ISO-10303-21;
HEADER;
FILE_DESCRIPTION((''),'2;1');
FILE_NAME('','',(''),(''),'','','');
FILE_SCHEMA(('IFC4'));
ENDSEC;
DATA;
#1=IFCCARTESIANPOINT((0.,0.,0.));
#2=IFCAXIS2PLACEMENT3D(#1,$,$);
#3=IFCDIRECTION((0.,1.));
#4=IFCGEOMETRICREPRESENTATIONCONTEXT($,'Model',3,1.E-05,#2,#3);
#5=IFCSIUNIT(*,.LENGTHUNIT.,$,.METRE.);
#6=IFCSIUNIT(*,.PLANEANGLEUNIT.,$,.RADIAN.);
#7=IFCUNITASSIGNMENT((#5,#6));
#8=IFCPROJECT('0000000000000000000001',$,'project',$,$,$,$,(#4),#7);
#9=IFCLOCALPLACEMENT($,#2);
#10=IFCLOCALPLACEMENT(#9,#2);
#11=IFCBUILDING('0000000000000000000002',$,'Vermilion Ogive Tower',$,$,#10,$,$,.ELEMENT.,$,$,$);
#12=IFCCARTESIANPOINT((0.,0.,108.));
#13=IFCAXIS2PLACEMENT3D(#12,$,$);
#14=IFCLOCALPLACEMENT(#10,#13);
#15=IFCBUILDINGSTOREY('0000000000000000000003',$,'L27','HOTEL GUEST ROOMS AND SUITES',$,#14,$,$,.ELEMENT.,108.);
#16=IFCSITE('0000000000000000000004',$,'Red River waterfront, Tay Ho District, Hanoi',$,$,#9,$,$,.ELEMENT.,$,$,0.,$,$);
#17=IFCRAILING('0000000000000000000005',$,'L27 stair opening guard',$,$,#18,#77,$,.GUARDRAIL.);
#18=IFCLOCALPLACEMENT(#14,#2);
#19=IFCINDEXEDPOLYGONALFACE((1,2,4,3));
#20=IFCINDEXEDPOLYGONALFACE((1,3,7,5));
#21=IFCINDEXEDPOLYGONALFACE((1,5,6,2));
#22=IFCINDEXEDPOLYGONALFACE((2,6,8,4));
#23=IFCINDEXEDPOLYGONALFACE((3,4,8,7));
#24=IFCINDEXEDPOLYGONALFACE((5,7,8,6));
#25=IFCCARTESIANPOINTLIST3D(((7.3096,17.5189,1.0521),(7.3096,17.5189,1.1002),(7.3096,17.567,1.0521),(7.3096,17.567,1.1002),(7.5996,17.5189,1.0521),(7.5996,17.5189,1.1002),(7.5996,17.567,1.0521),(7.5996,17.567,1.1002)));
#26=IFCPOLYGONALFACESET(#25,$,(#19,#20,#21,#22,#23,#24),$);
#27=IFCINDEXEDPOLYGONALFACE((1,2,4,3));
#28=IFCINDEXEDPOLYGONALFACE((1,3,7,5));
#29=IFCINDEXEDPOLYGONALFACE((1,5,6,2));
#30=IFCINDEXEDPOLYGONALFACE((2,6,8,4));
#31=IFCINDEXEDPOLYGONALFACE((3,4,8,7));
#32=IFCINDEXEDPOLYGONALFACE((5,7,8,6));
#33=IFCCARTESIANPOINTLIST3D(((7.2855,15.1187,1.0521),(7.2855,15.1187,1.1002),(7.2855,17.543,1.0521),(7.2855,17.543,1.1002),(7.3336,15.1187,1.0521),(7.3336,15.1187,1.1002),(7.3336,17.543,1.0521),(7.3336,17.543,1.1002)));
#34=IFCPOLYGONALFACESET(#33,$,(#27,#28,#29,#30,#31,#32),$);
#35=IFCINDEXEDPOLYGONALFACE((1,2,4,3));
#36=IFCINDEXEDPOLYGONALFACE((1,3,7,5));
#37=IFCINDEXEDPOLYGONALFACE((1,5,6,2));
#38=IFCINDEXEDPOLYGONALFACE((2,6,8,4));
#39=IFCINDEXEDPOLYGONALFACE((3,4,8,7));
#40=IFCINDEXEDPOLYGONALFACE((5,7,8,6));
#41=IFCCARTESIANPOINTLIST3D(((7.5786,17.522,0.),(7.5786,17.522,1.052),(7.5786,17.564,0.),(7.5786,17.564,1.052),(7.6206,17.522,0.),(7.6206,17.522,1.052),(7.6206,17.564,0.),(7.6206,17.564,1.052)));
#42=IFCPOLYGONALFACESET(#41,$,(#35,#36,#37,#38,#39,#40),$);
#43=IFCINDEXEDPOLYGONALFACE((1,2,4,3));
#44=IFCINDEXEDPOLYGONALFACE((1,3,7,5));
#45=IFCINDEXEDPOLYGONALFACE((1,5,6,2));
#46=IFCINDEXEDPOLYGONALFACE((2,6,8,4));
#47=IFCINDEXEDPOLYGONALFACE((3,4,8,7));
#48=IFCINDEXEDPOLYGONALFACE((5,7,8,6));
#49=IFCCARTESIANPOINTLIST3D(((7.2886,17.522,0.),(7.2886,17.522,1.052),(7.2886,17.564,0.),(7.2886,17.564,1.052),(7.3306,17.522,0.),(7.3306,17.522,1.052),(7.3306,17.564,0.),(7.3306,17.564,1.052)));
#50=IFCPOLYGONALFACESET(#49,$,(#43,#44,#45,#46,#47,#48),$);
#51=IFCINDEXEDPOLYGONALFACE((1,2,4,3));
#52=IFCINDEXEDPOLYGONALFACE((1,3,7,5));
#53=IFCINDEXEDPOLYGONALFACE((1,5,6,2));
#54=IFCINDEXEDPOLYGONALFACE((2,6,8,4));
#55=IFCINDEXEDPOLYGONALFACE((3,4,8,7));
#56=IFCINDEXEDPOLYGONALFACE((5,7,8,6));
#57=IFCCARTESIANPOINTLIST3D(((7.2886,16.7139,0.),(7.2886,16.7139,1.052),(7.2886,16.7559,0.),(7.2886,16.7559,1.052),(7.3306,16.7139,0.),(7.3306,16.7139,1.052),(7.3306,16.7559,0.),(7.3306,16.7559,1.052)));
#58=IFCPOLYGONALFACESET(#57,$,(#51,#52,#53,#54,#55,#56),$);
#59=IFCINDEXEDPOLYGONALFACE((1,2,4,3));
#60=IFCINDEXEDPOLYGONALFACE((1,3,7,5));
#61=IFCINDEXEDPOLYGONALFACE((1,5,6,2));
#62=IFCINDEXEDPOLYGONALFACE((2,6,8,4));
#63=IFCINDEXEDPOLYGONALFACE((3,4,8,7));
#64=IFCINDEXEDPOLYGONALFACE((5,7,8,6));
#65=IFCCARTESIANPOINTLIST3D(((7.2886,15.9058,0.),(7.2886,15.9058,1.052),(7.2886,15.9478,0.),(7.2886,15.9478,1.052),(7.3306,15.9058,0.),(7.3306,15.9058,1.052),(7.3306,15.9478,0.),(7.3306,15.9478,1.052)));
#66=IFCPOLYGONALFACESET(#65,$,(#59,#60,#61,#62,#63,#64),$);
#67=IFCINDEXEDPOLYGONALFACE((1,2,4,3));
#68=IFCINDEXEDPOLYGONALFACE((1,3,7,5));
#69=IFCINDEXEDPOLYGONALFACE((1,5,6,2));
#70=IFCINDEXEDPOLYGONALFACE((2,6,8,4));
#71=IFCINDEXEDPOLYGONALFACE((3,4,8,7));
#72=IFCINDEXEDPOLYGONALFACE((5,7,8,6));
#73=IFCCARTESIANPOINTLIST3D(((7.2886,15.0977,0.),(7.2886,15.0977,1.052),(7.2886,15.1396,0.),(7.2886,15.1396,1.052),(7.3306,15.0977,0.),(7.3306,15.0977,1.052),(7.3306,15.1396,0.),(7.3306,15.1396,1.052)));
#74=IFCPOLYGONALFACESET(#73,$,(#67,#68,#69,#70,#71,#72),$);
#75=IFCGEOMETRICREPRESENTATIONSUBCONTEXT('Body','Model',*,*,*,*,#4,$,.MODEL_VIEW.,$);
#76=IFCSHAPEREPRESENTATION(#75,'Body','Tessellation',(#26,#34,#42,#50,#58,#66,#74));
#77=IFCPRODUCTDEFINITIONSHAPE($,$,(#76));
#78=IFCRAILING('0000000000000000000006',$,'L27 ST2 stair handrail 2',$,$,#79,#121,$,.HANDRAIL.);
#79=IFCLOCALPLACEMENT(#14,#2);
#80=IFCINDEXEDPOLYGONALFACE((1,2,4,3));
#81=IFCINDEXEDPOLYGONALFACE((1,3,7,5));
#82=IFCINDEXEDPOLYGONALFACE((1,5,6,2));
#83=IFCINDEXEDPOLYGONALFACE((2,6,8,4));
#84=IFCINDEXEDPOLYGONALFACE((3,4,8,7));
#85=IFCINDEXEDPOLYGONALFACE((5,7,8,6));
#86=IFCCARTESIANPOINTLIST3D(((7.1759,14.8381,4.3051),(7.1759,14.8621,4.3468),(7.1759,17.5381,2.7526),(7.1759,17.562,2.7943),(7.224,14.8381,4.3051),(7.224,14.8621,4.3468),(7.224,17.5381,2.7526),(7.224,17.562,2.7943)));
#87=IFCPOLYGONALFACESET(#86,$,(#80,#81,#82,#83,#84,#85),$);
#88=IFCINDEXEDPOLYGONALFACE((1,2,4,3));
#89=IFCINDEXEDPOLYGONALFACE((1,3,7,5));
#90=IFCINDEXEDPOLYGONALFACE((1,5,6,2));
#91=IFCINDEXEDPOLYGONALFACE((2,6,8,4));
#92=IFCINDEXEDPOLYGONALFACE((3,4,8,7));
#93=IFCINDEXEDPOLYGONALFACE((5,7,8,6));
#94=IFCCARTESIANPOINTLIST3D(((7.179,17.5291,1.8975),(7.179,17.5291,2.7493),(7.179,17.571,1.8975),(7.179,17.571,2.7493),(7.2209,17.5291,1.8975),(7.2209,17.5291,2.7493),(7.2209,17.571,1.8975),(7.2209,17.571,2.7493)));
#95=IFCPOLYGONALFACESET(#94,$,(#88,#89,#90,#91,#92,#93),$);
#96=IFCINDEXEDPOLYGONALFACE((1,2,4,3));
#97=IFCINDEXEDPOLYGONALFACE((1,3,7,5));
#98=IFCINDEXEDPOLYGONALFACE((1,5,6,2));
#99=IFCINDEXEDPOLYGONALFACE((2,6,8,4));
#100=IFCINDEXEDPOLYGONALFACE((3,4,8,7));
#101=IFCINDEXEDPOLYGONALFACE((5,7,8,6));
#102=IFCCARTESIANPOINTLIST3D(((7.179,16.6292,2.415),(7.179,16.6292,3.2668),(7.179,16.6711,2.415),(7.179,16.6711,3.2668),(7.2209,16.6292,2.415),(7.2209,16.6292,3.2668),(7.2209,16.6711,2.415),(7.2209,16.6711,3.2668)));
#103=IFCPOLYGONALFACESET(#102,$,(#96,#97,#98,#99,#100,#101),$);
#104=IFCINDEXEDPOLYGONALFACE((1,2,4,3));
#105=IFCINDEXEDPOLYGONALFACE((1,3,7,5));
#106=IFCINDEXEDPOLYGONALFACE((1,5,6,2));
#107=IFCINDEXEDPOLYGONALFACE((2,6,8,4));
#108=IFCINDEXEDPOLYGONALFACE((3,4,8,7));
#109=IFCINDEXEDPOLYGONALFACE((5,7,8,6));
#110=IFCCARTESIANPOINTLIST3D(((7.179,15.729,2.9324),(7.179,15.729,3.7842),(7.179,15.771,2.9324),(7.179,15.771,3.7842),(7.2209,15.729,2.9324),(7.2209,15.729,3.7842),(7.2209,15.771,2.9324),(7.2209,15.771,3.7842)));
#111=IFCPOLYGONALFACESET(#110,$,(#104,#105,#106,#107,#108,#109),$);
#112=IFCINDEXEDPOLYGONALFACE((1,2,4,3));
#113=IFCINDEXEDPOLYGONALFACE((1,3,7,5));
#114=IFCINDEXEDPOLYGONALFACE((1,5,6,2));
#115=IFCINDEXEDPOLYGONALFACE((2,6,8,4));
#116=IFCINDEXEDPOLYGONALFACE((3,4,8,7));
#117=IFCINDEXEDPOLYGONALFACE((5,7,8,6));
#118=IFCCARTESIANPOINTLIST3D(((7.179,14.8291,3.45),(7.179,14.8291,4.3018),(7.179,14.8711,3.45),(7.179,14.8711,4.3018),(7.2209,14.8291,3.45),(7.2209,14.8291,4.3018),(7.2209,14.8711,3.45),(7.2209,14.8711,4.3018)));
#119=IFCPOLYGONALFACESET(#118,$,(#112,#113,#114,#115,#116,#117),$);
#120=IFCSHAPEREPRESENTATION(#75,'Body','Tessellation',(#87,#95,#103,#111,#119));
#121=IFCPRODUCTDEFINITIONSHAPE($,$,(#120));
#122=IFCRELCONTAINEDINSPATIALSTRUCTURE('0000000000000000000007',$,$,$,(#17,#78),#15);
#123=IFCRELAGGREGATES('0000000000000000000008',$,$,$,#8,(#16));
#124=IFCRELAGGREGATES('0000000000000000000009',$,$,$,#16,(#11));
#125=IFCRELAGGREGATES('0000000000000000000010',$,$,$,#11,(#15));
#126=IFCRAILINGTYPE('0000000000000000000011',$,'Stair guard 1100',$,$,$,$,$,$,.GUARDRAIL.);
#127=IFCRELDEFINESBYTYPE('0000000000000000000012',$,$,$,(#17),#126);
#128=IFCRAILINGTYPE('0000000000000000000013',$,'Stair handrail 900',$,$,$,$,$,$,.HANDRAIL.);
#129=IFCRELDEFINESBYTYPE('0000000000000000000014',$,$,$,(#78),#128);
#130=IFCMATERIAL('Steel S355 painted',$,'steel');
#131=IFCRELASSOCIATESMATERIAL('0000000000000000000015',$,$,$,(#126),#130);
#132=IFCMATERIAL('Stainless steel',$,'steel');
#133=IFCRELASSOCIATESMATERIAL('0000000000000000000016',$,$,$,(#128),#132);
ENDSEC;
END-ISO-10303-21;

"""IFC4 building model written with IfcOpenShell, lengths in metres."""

from ifc_helpers import new_model, si_unit, direction, frame, origin, origin_2d, place, context, subcontext, project, spatial, rectangle, extrude, material, type_object, element, save


model = new_model("IFC4")

# Units and contexts
model_context = context("Model", 3, precision=1e-05, world=origin(), true_north=direction((0.0, 1.0)))
body_context = subcontext(model_context, "Body", "Model", "MODEL_VIEW")
ifc_project = project(units=[si_unit("LENGTHUNIT", "METRE"), si_unit("PLANEANGLEUNIT", "RADIAN")], contexts=[model_context])

# Site, building, storey
site_placement = place(None, origin())
site = spatial("IfcSite", under=ifc_project, at=site_placement, Name="Red River waterfront, Tay Ho District, Hanoi", CompositionType="ELEMENT", RefElevation=0.0)
building_placement = place(site_placement, origin())
building = spatial("IfcBuilding", under=site, at=building_placement, Name="Vermilion Ogive Tower", CompositionType="ELEMENT")
storey_placement = place(building_placement, frame((0.0, 0.0, 108.0)))
storey = spatial("IfcBuildingStorey", under=building, at=storey_placement, Name="L27", Description="HOTEL GUEST ROOMS AND SUITES", CompositionType="ELEMENT", Elevation=108.0)

# Railings
ifc_material_1 = material(Name="Steel S355 painted", Category="steel")
railing_type_1 = type_object("IfcRailingType", Name="Stair guard 1100", PredefinedType="GUARDRAIL", material=ifc_material_1)
railing_1_placement = place(storey_placement, frame((7.5996, 17.543, 0.0)))
element("IfcRailing", 1, at=railing_1_placement, inside=storey, type_object=railing_type_1, Name="L27 stair opening guard", PredefinedType="GUARDRAIL", context=body_context, shape_type="SweptSolid", body=[
    extrude(rectangle(XDim=0.0481, YDim=0.0481, at=origin_2d()), frame((0.0, 0.0, 1.0762), z_axis=(-1.0, 0.0, 0.0), x_axis=(0.0, -1.0, 0.0)), (0.0, 0.0, 1.0), 0.29),
    extrude(rectangle(XDim=0.0481, YDim=0.0481, at=origin_2d()), frame((-0.29, 0.0, 1.0762), z_axis=(0.0, -1.0, 0.0), x_axis=(1.0, 0.0, 0.0)), (0.0, 0.0, 1.0), 2.4243),
    extrude(rectangle(XDim=0.042, YDim=0.042, at=origin_2d()), origin(), (0.0, 0.0, 1.0), 1.052),
    extrude(rectangle(XDim=0.042, YDim=0.042, at=origin_2d()), frame((-0.29, 0.0, 0.0)), (0.0, 0.0, 1.0), 1.052),
    extrude(rectangle(XDim=0.042, YDim=0.042, at=origin_2d()), frame((-0.29, -0.8081, 0.0)), (0.0, 0.0, 1.0), 1.052),
    extrude(rectangle(XDim=0.042, YDim=0.042, at=origin_2d()), frame((-0.29, -1.6162, 0.0)), (0.0, 0.0, 1.0), 1.052),
    extrude(rectangle(XDim=0.042, YDim=0.042, at=origin_2d()), frame((-0.29, -2.4243, 0.0)), (0.0, 0.0, 1.0), 1.052),
])
ifc_material_2 = material(Name="Stainless steel", Category="steel")
railing_type_2 = type_object("IfcRailingType", Name="Stair handrail 900", PredefinedType="HANDRAIL", material=ifc_material_2)
railing_2_placement = place(storey_placement, frame((7.2, 17.55, 1.8975)))
element("IfcRailing", 2, at=railing_2_placement, inside=storey, type_object=railing_type_2, Name="L27 ST2 stair handrail 2", PredefinedType="HANDRAIL", context=body_context, shape_type="SweptSolid", body=[
    extrude(rectangle(XDim=0.0481, YDim=0.0481, at=origin_2d()), frame((0.0, 0.0, 0.876), z_axis=(0.0, -0.866904, 0.498476), x_axis=(1.0, 0.0, 0.0)), (0.0, 0.0, 1.0), 3.1145),
    extrude(rectangle(XDim=0.042, YDim=0.042, at=origin_2d()), origin(), (0.0, 0.0, 1.0), 0.8518),
    extrude(rectangle(XDim=0.042, YDim=0.042, at=origin_2d()), frame((0.0, -0.8999, 0.5176)), (0.0, 0.0, 1.0), 0.8518),
    extrude(rectangle(XDim=0.042, YDim=0.042, at=origin_2d()), frame((0.0, -1.8, 1.0349)), (0.0, 0.0, 1.0), 0.8518),
    extrude(rectangle(XDim=0.042, YDim=0.042, at=origin_2d()), frame((0.0, -2.7, 1.5525)), (0.0, 0.0, 1.0), 0.8518),
])

save(model, "model.ifc")
